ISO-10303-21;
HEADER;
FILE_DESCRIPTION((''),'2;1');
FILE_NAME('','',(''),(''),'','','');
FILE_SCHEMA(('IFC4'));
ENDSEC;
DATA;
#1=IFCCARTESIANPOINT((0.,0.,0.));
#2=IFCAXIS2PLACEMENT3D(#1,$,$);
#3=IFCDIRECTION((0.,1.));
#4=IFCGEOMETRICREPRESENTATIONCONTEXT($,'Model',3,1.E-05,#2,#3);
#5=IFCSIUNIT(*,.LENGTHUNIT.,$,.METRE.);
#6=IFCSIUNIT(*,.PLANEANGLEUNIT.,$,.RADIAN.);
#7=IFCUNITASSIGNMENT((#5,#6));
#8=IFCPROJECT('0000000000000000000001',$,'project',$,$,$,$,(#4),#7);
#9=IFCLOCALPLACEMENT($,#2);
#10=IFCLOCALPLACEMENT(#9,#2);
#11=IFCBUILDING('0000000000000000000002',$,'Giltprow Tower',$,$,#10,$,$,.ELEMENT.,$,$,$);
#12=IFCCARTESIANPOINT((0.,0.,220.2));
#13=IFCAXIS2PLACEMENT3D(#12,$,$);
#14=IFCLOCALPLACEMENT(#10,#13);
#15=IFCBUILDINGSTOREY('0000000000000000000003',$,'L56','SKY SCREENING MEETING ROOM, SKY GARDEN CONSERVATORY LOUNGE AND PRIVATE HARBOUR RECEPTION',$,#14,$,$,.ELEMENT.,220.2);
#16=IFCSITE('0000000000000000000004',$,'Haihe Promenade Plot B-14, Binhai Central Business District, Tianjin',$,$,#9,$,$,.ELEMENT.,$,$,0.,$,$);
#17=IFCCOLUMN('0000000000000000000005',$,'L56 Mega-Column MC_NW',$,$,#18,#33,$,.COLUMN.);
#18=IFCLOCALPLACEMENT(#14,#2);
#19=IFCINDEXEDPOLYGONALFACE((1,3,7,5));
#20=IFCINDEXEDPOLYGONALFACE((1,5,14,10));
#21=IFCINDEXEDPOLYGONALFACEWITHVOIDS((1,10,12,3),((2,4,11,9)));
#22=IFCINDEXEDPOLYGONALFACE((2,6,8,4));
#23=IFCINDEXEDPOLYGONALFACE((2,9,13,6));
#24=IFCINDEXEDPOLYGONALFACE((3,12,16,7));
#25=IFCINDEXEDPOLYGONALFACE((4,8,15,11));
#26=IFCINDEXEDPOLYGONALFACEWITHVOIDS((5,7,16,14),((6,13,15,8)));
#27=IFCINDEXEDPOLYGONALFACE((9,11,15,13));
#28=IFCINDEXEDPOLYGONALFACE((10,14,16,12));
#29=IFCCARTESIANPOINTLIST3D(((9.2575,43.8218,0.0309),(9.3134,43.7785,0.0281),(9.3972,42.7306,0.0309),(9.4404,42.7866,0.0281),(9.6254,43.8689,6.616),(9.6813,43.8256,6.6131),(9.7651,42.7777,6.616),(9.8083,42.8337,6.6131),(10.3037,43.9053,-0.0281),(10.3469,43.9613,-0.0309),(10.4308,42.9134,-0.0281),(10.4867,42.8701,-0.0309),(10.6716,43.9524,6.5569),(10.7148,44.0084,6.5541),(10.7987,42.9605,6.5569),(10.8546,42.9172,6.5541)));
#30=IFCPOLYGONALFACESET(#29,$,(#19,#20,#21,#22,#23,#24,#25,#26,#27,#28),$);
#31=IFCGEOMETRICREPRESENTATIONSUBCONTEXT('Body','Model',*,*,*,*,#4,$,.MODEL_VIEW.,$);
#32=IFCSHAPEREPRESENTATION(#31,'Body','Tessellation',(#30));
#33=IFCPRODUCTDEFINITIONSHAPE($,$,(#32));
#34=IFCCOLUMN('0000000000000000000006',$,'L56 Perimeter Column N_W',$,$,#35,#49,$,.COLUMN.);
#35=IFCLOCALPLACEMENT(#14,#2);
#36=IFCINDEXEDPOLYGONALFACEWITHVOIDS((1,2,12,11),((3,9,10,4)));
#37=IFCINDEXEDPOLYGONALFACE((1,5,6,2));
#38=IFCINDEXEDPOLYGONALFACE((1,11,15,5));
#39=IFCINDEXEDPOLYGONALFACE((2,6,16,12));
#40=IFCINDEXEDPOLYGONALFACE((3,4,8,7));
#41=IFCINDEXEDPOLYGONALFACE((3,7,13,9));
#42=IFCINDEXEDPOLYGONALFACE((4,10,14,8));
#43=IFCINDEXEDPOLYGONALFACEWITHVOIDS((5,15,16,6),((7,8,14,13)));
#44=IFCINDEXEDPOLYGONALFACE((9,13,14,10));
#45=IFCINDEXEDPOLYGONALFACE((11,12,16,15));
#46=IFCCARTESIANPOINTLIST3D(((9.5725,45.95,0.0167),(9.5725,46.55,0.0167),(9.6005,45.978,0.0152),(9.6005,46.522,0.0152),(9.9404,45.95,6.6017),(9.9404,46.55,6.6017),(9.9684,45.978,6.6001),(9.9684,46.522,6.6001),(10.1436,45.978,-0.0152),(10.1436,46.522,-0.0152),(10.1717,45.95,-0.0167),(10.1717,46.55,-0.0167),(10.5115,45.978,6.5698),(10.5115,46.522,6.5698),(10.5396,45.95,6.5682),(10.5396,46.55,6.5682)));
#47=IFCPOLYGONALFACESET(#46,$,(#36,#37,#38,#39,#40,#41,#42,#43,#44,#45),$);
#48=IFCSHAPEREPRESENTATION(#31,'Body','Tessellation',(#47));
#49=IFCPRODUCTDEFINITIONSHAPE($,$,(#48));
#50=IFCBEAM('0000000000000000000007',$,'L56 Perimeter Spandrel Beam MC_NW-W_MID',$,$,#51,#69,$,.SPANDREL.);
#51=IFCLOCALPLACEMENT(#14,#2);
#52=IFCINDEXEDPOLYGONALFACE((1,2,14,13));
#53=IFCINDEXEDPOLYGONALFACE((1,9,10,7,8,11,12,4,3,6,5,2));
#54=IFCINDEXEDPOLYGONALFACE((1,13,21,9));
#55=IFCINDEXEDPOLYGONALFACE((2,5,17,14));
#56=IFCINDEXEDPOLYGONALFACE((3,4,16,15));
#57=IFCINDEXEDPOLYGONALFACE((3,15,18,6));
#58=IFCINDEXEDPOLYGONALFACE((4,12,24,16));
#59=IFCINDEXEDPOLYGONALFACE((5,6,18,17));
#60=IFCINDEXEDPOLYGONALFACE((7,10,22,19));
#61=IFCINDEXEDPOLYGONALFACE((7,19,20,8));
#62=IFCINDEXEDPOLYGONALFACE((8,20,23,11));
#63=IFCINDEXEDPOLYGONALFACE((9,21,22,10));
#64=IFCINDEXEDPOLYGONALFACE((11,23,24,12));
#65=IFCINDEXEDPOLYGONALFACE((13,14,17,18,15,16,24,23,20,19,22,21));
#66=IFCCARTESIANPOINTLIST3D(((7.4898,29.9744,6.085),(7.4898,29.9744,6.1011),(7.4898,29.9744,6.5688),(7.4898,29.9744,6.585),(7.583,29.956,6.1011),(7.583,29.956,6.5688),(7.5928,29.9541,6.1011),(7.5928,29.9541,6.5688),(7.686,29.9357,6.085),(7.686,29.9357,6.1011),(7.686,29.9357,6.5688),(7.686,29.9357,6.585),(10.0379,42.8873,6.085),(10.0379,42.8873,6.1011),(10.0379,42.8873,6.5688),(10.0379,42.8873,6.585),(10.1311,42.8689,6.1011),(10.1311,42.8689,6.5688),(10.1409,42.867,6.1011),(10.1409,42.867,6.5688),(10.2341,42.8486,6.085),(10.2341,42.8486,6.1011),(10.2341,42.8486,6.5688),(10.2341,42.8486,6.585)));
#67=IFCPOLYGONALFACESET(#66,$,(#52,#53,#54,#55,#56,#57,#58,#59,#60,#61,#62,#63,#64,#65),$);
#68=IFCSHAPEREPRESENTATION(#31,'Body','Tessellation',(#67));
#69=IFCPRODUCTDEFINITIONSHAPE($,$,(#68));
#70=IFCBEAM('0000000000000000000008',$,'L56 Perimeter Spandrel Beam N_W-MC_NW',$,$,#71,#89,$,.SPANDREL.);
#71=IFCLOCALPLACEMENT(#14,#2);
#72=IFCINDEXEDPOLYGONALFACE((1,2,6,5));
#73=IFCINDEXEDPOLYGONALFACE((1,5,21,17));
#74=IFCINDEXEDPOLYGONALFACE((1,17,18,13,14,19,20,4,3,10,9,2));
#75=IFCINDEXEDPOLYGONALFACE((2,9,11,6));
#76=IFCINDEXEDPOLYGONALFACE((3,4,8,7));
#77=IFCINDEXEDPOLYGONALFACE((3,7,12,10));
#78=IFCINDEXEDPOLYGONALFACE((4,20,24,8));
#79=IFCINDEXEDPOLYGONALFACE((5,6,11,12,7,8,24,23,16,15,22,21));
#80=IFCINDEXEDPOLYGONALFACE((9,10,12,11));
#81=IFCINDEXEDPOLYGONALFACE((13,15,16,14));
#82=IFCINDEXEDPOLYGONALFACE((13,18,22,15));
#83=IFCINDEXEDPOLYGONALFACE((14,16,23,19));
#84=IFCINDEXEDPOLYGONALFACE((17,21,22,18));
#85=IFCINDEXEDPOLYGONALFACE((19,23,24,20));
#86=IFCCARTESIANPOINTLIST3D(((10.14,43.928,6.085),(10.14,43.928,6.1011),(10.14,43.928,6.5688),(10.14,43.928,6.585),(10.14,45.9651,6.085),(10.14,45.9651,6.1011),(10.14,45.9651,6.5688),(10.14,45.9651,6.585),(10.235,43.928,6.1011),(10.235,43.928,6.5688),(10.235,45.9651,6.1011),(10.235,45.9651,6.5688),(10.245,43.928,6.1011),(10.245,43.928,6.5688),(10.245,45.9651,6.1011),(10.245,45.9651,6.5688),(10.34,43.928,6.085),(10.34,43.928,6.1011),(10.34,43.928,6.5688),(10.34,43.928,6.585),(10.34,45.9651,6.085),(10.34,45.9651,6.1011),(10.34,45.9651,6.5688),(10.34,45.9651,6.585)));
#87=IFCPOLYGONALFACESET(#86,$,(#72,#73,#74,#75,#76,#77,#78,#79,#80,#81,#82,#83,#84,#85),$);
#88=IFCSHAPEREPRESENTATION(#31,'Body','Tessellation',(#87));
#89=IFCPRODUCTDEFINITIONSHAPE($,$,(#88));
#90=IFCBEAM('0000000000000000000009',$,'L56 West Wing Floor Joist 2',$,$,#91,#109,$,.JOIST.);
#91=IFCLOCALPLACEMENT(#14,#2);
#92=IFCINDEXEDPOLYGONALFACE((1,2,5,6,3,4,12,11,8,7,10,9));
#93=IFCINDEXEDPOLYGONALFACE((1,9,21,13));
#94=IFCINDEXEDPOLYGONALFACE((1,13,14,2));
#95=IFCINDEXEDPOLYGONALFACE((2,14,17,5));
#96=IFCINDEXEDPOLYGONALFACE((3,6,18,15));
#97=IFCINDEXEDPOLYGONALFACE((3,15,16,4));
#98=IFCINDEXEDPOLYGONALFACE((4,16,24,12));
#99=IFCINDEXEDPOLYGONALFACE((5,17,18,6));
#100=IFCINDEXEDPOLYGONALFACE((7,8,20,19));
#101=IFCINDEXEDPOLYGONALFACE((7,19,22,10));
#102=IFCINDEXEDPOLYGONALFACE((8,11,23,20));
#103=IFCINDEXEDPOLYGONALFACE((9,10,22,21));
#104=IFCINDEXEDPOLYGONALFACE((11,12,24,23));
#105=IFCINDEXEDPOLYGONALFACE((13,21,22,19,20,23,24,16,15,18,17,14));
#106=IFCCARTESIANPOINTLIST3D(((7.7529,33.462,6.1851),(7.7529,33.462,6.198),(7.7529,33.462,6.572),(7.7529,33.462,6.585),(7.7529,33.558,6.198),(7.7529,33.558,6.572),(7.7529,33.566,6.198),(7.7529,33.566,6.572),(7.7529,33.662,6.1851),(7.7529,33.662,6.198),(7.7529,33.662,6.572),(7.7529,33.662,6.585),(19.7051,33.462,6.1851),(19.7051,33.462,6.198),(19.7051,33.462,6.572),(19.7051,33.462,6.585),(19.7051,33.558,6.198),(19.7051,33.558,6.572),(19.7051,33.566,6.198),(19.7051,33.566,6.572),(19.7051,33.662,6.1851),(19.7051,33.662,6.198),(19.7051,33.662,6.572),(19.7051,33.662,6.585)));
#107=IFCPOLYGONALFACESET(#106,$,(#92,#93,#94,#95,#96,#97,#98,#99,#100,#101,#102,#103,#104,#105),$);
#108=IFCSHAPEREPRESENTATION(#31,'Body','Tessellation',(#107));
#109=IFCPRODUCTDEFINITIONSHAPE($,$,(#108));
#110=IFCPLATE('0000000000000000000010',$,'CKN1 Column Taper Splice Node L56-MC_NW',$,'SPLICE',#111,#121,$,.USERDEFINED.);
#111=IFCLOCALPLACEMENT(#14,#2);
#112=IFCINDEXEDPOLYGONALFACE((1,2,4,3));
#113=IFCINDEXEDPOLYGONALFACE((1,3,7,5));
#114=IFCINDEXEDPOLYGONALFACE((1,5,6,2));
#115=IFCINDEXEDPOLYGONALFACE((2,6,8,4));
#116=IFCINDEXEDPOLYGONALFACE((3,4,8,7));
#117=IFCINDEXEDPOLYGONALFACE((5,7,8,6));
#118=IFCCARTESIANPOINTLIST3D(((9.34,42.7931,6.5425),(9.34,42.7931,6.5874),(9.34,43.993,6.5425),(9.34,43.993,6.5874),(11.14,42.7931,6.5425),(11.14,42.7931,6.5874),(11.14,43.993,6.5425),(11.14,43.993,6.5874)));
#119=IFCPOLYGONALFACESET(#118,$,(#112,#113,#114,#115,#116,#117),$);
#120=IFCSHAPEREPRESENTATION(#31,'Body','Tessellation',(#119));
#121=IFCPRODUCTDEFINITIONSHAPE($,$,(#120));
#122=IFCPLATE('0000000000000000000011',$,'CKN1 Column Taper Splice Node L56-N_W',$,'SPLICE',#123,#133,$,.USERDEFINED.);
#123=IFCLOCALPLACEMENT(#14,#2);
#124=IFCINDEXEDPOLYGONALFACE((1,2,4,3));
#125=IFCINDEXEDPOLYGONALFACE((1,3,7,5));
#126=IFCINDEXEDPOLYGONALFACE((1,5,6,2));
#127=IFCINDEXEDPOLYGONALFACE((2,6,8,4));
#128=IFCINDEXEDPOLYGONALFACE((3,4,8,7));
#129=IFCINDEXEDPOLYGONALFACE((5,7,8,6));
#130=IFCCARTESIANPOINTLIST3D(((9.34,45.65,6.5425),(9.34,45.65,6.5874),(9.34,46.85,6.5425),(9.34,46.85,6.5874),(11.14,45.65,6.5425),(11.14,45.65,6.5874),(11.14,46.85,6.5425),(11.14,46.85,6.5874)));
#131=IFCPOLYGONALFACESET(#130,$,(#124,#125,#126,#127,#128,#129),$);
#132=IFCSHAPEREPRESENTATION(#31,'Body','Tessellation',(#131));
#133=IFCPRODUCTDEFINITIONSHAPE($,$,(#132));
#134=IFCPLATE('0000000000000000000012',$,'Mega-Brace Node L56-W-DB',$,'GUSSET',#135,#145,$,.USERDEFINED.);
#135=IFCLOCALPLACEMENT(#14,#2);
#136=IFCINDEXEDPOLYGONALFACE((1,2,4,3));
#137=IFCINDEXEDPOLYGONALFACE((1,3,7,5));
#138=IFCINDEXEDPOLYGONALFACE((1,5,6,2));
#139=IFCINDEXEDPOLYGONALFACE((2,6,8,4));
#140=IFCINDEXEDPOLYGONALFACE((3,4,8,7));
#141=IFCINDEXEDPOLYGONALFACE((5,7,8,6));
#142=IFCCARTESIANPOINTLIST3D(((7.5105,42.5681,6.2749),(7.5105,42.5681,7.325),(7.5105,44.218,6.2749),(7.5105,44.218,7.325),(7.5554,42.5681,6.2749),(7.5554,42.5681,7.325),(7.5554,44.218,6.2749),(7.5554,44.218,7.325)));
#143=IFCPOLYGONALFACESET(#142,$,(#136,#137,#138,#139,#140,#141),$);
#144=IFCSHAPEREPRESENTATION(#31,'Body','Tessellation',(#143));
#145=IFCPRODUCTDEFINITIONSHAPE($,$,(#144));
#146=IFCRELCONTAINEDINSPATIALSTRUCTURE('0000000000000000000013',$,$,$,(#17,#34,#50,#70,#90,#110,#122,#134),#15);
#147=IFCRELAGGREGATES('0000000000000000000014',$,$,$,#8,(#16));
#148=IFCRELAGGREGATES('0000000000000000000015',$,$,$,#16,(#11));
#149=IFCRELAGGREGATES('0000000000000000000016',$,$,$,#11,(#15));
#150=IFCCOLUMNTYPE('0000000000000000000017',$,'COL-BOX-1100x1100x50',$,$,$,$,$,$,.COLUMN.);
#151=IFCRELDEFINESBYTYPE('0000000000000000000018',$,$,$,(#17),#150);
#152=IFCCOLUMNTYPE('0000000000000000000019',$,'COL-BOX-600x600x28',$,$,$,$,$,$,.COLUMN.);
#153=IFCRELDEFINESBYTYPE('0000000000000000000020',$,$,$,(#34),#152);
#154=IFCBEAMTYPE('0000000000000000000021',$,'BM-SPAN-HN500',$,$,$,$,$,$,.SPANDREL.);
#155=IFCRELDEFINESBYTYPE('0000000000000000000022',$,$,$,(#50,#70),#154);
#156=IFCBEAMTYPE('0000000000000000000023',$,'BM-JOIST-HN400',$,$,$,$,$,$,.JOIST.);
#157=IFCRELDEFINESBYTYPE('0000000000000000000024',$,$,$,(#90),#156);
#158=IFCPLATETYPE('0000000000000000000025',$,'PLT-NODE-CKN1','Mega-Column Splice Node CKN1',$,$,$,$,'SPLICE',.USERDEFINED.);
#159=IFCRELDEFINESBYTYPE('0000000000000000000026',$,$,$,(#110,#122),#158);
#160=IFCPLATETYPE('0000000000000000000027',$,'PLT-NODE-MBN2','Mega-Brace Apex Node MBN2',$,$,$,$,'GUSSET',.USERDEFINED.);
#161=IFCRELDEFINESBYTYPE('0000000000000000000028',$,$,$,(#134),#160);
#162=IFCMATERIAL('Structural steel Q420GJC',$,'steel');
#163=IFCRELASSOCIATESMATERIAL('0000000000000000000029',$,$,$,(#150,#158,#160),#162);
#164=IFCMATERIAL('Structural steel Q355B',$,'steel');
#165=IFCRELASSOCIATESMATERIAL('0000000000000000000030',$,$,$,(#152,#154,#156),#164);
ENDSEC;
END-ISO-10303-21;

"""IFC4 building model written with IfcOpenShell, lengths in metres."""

from ifc_helpers import new_model, si_unit, direction, frame, origin, origin_2d, place, context, subcontext, project, spatial, rectangle, hollow_rectangle, i_section, extrude, source, transform, mapped, material, material_profile, profile_set, type_object, element, save


model = new_model("IFC4")

# Units and contexts
model_context = context("Model", 3, precision=1e-05, world=origin(), true_north=direction((0.0, 1.0)))
body_context = subcontext(model_context, "Body", "Model", "MODEL_VIEW")
ifc_project = project(units=[si_unit("LENGTHUNIT", "METRE"), si_unit("PLANEANGLEUNIT", "RADIAN")], contexts=[model_context])

# Site, building, storey
site_placement = place(None, origin())
site = spatial("IfcSite", under=ifc_project, at=site_placement, Name="Haihe Promenade Plot B-14, Binhai Central Business District, Tianjin", CompositionType="ELEMENT", RefElevation=0.0)
building_placement = place(site_placement, origin())
building = spatial("IfcBuilding", under=site, at=building_placement, Name="Giltprow Tower", CompositionType="ELEMENT")
storey_placement = place(building_placement, frame((0.0, 0.0, 220.2)))
storey = spatial("IfcBuildingStorey", under=building, at=storey_placement, Name="L56", Description="SKY SCREENING MEETING ROOM, SKY GARDEN CONSERVATORY LOUNGE AND PRIVATE HARBOUR RECEPTION", CompositionType="ELEMENT", Elevation=220.2)

# Columns
ifc_material_1 = material(Name="Structural steel Q420GJC", Category="steel")
ifc_material_profile_1 = material_profile(ifc_material_1, hollow_rectangle(XDim=1.1001, YDim=1.1001, WallThickness=0.05, at=origin_2d()), Name="BOX 1100x1100x50")
ifc_profile_set_1 = profile_set([ifc_material_profile_1], Name="Structural steel Q420GJC")
column_type_1 = type_object("IfcColumnType", Name="COL-BOX-1100x1100x50", PredefinedType="COLUMN", material=ifc_profile_set_1)
shared_shape_1 = source(origin(), body_context, "Body", "SweptSolid", [
    extrude(hollow_rectangle(XDim=1.1001, YDim=1.1001, WallThickness=0.05, at=origin_2d()), origin(), (0.0, 0.0, 1.0), 6.5955),
])
column_1_placement = place(storey_placement, frame((9.8721, 43.3459, 0.0), z_axis=(0.055784, 0.007144, 0.998417), x_axis=(-0.127031, 0.991899, 0.0)))
element("IfcColumn", 1, at=column_1_placement, inside=storey, type_object=column_type_1, Name="L56 Mega-Column MC_NW", PredefinedType="COLUMN", context=body_context, shape_type="MappedRepresentation", body=[
    mapped(shared_shape_1, transform((0.0, 0.0, 0.0), x_axis=(1.0, 0.0, 0.0), y_axis=(0.0, 1.0, 0.0), z_axis=(0.0, 0.0, 1.0), scale=1.0)),
])
ifc_material_2 = material(Name="Structural steel Q355B", Category="steel")
ifc_material_profile_2 = material_profile(ifc_material_2, hollow_rectangle(XDim=0.6001, YDim=0.6001, WallThickness=0.0281, at=origin_2d()), Name="BOX 600x600x28")
ifc_profile_set_2 = profile_set([ifc_material_profile_2], Name="Structural steel Q355B")
column_type_2 = type_object("IfcColumnType", Name="COL-BOX-600x600x28", PredefinedType="COLUMN", material=ifc_profile_set_2)
shared_shape_2 = source(origin(), body_context, "Body", "SweptSolid", [
    extrude(hollow_rectangle(XDim=0.6001, YDim=0.6001, WallThickness=0.0281, at=origin_2d()), origin(), (0.0, 0.0, 1.0), 6.5952),
])
column_2_placement = place(storey_placement, frame((9.8721, 46.25, 0.0), z_axis=(0.055786, 0.0, 0.998443), x_axis=(0.0, 1.0, 0.0)))
element("IfcColumn", 2, at=column_2_placement, inside=storey, type_object=column_type_2, Name="L56 Perimeter Column N_W", PredefinedType="COLUMN", context=body_context, shape_type="MappedRepresentation", body=[
    mapped(shared_shape_2, transform((0.0, 0.0, 0.0), x_axis=(1.0, 0.0, 0.0), y_axis=(0.0, 1.0, 0.0), z_axis=(0.0, 0.0, 1.0), scale=1.0)),
])

# Beams
ifc_material_profile_3 = material_profile(ifc_material_2, i_section(OverallWidth=0.2, OverallDepth=0.5, WebThickness=0.01, FlangeThickness=0.0161, at=origin_2d()), Name="HN 500x200x10x16")
ifc_profile_set_3 = profile_set([ifc_material_profile_3], Name="Structural steel Q355B")
beam_type_1 = type_object("IfcBeamType", Name="BM-SPAN-HN500", PredefinedType="SPANDREL", material=ifc_profile_set_3)
shared_shape_3 = source(origin(), body_context, "Body", "SweptSolid", [
    extrude(i_section(OverallWidth=0.2, OverallDepth=0.5, WebThickness=0.01, FlangeThickness=0.0161, at=origin_2d()), origin(), (0.0, 0.0, 1.0), 13.1619),
])
beam_1_placement = place(storey_placement, frame((10.136, 42.8679, 6.335), z_axis=(-0.193597, -0.981081, 0.0), x_axis=(0.981081, -0.193597, 0.0)))
element("IfcBeam", 3, at=beam_1_placement, inside=storey, type_object=beam_type_1, Name="L56 Perimeter Spandrel Beam MC_NW-W_MID", PredefinedType="SPANDREL", context=body_context, shape_type="MappedRepresentation", body=[
    mapped(shared_shape_3, transform((0.0, 0.0, 0.0), x_axis=(1.0, 0.0, 0.0), y_axis=(0.0, 1.0, 0.0), z_axis=(0.0, 0.0, 1.0), scale=1.0)),
])
shared_shape_4 = source(origin(), body_context, "Body", "SweptSolid", [
    extrude(i_section(OverallWidth=0.2, OverallDepth=0.5, WebThickness=0.01, FlangeThickness=0.0161, at=origin_2d()), origin(), (0.0, 0.0, 1.0), 2.0371),
])
beam_2_placement = place(storey_placement, frame((10.24, 45.9651, 6.335), z_axis=(0.0, -1.0, 0.0), x_axis=(1.0, 0.0, 0.0)))
element("IfcBeam", 4, at=beam_2_placement, inside=storey, type_object=beam_type_1, Name="L56 Perimeter Spandrel Beam N_W-MC_NW", PredefinedType="SPANDREL", context=body_context, shape_type="MappedRepresentation", body=[
    mapped(shared_shape_4, transform((0.0, 0.0, 0.0), x_axis=(1.0, 0.0, 0.0), y_axis=(0.0, 1.0, 0.0), z_axis=(0.0, 0.0, 1.0), scale=1.0)),
])
ifc_material_profile_4 = material_profile(ifc_material_2, i_section(OverallWidth=0.2, OverallDepth=0.3999, WebThickness=0.0081, FlangeThickness=0.0129, at=origin_2d()), Name="HN 400x200x8x13")
ifc_profile_set_4 = profile_set([ifc_material_profile_4], Name="Structural steel Q355B")
beam_type_2 = type_object("IfcBeamType", Name="BM-JOIST-HN400", PredefinedType="JOIST", material=ifc_profile_set_4)
shared_shape_5 = source(origin(), body_context, "Body", "SweptSolid", [
    extrude(i_section(OverallWidth=0.2, OverallDepth=0.3999, WebThickness=0.0081, FlangeThickness=0.0129, at=origin_2d()), origin(), (0.0, 0.0, 1.0), 11.9521),
])
beam_3_placement = place(storey_placement, frame((7.7529, 33.562, 6.385), z_axis=(1.0, 0.0, 0.0), x_axis=(0.0, 1.0, 0.0)))
element("IfcBeam", 5, at=beam_3_placement, inside=storey, type_object=beam_type_2, Name="L56 West Wing Floor Joist 2", PredefinedType="JOIST", context=body_context, shape_type="MappedRepresentation", body=[
    mapped(shared_shape_5, transform((0.0, 0.0, 0.0), x_axis=(1.0, 0.0, 0.0), y_axis=(0.0, 1.0, 0.0), z_axis=(0.0, 0.0, 1.0), scale=1.0)),
])

# Plates
plate_type_1 = type_object("IfcPlateType", Name="PLT-NODE-CKN1", Description="Mega-Column Splice Node CKN1", ElementType="SPLICE", PredefinedType="USERDEFINED", material=ifc_material_1)
shared_shape_6 = source(origin(), body_context, "Body", "SweptSolid", [
    extrude(rectangle(XDim=1.8, YDim=1.2, at=origin_2d()), origin(), (0.0, 0.0, 1.0), 0.0449),
])
for number, where, z_axis, x_axis, name in (
    (6, (10.24, 43.3931, 6.5425), (0.0, 0.0, 1.0), (1.0, 0.0, 0.0), "CKN1 Column Taper Splice Node L56-MC_NW"),
    (7, (10.24, 46.25, 6.5425), (0.0, 0.0, 1.0), (1.0, 0.0, 0.0), "CKN1 Column Taper Splice Node L56-N_W"),
):
    element("IfcPlate", number, at=place(storey_placement, frame(where, z_axis=z_axis, x_axis=x_axis)), inside=storey, type_object=plate_type_1, Name=name, ObjectType="SPLICE", PredefinedType="USERDEFINED", context=body_context, shape_type="MappedRepresentation", body=[
        mapped(shared_shape_6, transform((0.0, 0.0, 0.0), x_axis=(1.0, 0.0, 0.0), y_axis=(0.0, 1.0, 0.0), z_axis=(0.0, 0.0, 1.0), scale=1.0)),
    ])
plate_type_2 = type_object("IfcPlateType", Name="PLT-NODE-MBN2", Description="Mega-Brace Apex Node MBN2", ElementType="GUSSET", PredefinedType="USERDEFINED", material=ifc_material_1)
shared_shape_7 = source(origin(), body_context, "Body", "SweptSolid", [
    extrude(rectangle(XDim=1.6499, YDim=0.0449, at=origin_2d()), origin(), (0.0, 0.0, 1.0), 1.05),
])
plate_placement = place(storey_placement, frame((7.533, 43.3931, 6.2749), z_axis=(0.0, 0.0, 1.0), x_axis=(0.0, 1.0, 0.0)))
element("IfcPlate", 8, at=plate_placement, inside=storey, type_object=plate_type_2, Name="Mega-Brace Node L56-W-DB", ObjectType="GUSSET", PredefinedType="USERDEFINED", context=body_context, shape_type="MappedRepresentation", body=[
    mapped(shared_shape_7, transform((0.0, 0.0, 0.0), x_axis=(1.0, 0.0, 0.0), y_axis=(0.0, 1.0, 0.0), z_axis=(0.0, 0.0, 1.0), scale=1.0)),
])

save(model, "model.ifc")
